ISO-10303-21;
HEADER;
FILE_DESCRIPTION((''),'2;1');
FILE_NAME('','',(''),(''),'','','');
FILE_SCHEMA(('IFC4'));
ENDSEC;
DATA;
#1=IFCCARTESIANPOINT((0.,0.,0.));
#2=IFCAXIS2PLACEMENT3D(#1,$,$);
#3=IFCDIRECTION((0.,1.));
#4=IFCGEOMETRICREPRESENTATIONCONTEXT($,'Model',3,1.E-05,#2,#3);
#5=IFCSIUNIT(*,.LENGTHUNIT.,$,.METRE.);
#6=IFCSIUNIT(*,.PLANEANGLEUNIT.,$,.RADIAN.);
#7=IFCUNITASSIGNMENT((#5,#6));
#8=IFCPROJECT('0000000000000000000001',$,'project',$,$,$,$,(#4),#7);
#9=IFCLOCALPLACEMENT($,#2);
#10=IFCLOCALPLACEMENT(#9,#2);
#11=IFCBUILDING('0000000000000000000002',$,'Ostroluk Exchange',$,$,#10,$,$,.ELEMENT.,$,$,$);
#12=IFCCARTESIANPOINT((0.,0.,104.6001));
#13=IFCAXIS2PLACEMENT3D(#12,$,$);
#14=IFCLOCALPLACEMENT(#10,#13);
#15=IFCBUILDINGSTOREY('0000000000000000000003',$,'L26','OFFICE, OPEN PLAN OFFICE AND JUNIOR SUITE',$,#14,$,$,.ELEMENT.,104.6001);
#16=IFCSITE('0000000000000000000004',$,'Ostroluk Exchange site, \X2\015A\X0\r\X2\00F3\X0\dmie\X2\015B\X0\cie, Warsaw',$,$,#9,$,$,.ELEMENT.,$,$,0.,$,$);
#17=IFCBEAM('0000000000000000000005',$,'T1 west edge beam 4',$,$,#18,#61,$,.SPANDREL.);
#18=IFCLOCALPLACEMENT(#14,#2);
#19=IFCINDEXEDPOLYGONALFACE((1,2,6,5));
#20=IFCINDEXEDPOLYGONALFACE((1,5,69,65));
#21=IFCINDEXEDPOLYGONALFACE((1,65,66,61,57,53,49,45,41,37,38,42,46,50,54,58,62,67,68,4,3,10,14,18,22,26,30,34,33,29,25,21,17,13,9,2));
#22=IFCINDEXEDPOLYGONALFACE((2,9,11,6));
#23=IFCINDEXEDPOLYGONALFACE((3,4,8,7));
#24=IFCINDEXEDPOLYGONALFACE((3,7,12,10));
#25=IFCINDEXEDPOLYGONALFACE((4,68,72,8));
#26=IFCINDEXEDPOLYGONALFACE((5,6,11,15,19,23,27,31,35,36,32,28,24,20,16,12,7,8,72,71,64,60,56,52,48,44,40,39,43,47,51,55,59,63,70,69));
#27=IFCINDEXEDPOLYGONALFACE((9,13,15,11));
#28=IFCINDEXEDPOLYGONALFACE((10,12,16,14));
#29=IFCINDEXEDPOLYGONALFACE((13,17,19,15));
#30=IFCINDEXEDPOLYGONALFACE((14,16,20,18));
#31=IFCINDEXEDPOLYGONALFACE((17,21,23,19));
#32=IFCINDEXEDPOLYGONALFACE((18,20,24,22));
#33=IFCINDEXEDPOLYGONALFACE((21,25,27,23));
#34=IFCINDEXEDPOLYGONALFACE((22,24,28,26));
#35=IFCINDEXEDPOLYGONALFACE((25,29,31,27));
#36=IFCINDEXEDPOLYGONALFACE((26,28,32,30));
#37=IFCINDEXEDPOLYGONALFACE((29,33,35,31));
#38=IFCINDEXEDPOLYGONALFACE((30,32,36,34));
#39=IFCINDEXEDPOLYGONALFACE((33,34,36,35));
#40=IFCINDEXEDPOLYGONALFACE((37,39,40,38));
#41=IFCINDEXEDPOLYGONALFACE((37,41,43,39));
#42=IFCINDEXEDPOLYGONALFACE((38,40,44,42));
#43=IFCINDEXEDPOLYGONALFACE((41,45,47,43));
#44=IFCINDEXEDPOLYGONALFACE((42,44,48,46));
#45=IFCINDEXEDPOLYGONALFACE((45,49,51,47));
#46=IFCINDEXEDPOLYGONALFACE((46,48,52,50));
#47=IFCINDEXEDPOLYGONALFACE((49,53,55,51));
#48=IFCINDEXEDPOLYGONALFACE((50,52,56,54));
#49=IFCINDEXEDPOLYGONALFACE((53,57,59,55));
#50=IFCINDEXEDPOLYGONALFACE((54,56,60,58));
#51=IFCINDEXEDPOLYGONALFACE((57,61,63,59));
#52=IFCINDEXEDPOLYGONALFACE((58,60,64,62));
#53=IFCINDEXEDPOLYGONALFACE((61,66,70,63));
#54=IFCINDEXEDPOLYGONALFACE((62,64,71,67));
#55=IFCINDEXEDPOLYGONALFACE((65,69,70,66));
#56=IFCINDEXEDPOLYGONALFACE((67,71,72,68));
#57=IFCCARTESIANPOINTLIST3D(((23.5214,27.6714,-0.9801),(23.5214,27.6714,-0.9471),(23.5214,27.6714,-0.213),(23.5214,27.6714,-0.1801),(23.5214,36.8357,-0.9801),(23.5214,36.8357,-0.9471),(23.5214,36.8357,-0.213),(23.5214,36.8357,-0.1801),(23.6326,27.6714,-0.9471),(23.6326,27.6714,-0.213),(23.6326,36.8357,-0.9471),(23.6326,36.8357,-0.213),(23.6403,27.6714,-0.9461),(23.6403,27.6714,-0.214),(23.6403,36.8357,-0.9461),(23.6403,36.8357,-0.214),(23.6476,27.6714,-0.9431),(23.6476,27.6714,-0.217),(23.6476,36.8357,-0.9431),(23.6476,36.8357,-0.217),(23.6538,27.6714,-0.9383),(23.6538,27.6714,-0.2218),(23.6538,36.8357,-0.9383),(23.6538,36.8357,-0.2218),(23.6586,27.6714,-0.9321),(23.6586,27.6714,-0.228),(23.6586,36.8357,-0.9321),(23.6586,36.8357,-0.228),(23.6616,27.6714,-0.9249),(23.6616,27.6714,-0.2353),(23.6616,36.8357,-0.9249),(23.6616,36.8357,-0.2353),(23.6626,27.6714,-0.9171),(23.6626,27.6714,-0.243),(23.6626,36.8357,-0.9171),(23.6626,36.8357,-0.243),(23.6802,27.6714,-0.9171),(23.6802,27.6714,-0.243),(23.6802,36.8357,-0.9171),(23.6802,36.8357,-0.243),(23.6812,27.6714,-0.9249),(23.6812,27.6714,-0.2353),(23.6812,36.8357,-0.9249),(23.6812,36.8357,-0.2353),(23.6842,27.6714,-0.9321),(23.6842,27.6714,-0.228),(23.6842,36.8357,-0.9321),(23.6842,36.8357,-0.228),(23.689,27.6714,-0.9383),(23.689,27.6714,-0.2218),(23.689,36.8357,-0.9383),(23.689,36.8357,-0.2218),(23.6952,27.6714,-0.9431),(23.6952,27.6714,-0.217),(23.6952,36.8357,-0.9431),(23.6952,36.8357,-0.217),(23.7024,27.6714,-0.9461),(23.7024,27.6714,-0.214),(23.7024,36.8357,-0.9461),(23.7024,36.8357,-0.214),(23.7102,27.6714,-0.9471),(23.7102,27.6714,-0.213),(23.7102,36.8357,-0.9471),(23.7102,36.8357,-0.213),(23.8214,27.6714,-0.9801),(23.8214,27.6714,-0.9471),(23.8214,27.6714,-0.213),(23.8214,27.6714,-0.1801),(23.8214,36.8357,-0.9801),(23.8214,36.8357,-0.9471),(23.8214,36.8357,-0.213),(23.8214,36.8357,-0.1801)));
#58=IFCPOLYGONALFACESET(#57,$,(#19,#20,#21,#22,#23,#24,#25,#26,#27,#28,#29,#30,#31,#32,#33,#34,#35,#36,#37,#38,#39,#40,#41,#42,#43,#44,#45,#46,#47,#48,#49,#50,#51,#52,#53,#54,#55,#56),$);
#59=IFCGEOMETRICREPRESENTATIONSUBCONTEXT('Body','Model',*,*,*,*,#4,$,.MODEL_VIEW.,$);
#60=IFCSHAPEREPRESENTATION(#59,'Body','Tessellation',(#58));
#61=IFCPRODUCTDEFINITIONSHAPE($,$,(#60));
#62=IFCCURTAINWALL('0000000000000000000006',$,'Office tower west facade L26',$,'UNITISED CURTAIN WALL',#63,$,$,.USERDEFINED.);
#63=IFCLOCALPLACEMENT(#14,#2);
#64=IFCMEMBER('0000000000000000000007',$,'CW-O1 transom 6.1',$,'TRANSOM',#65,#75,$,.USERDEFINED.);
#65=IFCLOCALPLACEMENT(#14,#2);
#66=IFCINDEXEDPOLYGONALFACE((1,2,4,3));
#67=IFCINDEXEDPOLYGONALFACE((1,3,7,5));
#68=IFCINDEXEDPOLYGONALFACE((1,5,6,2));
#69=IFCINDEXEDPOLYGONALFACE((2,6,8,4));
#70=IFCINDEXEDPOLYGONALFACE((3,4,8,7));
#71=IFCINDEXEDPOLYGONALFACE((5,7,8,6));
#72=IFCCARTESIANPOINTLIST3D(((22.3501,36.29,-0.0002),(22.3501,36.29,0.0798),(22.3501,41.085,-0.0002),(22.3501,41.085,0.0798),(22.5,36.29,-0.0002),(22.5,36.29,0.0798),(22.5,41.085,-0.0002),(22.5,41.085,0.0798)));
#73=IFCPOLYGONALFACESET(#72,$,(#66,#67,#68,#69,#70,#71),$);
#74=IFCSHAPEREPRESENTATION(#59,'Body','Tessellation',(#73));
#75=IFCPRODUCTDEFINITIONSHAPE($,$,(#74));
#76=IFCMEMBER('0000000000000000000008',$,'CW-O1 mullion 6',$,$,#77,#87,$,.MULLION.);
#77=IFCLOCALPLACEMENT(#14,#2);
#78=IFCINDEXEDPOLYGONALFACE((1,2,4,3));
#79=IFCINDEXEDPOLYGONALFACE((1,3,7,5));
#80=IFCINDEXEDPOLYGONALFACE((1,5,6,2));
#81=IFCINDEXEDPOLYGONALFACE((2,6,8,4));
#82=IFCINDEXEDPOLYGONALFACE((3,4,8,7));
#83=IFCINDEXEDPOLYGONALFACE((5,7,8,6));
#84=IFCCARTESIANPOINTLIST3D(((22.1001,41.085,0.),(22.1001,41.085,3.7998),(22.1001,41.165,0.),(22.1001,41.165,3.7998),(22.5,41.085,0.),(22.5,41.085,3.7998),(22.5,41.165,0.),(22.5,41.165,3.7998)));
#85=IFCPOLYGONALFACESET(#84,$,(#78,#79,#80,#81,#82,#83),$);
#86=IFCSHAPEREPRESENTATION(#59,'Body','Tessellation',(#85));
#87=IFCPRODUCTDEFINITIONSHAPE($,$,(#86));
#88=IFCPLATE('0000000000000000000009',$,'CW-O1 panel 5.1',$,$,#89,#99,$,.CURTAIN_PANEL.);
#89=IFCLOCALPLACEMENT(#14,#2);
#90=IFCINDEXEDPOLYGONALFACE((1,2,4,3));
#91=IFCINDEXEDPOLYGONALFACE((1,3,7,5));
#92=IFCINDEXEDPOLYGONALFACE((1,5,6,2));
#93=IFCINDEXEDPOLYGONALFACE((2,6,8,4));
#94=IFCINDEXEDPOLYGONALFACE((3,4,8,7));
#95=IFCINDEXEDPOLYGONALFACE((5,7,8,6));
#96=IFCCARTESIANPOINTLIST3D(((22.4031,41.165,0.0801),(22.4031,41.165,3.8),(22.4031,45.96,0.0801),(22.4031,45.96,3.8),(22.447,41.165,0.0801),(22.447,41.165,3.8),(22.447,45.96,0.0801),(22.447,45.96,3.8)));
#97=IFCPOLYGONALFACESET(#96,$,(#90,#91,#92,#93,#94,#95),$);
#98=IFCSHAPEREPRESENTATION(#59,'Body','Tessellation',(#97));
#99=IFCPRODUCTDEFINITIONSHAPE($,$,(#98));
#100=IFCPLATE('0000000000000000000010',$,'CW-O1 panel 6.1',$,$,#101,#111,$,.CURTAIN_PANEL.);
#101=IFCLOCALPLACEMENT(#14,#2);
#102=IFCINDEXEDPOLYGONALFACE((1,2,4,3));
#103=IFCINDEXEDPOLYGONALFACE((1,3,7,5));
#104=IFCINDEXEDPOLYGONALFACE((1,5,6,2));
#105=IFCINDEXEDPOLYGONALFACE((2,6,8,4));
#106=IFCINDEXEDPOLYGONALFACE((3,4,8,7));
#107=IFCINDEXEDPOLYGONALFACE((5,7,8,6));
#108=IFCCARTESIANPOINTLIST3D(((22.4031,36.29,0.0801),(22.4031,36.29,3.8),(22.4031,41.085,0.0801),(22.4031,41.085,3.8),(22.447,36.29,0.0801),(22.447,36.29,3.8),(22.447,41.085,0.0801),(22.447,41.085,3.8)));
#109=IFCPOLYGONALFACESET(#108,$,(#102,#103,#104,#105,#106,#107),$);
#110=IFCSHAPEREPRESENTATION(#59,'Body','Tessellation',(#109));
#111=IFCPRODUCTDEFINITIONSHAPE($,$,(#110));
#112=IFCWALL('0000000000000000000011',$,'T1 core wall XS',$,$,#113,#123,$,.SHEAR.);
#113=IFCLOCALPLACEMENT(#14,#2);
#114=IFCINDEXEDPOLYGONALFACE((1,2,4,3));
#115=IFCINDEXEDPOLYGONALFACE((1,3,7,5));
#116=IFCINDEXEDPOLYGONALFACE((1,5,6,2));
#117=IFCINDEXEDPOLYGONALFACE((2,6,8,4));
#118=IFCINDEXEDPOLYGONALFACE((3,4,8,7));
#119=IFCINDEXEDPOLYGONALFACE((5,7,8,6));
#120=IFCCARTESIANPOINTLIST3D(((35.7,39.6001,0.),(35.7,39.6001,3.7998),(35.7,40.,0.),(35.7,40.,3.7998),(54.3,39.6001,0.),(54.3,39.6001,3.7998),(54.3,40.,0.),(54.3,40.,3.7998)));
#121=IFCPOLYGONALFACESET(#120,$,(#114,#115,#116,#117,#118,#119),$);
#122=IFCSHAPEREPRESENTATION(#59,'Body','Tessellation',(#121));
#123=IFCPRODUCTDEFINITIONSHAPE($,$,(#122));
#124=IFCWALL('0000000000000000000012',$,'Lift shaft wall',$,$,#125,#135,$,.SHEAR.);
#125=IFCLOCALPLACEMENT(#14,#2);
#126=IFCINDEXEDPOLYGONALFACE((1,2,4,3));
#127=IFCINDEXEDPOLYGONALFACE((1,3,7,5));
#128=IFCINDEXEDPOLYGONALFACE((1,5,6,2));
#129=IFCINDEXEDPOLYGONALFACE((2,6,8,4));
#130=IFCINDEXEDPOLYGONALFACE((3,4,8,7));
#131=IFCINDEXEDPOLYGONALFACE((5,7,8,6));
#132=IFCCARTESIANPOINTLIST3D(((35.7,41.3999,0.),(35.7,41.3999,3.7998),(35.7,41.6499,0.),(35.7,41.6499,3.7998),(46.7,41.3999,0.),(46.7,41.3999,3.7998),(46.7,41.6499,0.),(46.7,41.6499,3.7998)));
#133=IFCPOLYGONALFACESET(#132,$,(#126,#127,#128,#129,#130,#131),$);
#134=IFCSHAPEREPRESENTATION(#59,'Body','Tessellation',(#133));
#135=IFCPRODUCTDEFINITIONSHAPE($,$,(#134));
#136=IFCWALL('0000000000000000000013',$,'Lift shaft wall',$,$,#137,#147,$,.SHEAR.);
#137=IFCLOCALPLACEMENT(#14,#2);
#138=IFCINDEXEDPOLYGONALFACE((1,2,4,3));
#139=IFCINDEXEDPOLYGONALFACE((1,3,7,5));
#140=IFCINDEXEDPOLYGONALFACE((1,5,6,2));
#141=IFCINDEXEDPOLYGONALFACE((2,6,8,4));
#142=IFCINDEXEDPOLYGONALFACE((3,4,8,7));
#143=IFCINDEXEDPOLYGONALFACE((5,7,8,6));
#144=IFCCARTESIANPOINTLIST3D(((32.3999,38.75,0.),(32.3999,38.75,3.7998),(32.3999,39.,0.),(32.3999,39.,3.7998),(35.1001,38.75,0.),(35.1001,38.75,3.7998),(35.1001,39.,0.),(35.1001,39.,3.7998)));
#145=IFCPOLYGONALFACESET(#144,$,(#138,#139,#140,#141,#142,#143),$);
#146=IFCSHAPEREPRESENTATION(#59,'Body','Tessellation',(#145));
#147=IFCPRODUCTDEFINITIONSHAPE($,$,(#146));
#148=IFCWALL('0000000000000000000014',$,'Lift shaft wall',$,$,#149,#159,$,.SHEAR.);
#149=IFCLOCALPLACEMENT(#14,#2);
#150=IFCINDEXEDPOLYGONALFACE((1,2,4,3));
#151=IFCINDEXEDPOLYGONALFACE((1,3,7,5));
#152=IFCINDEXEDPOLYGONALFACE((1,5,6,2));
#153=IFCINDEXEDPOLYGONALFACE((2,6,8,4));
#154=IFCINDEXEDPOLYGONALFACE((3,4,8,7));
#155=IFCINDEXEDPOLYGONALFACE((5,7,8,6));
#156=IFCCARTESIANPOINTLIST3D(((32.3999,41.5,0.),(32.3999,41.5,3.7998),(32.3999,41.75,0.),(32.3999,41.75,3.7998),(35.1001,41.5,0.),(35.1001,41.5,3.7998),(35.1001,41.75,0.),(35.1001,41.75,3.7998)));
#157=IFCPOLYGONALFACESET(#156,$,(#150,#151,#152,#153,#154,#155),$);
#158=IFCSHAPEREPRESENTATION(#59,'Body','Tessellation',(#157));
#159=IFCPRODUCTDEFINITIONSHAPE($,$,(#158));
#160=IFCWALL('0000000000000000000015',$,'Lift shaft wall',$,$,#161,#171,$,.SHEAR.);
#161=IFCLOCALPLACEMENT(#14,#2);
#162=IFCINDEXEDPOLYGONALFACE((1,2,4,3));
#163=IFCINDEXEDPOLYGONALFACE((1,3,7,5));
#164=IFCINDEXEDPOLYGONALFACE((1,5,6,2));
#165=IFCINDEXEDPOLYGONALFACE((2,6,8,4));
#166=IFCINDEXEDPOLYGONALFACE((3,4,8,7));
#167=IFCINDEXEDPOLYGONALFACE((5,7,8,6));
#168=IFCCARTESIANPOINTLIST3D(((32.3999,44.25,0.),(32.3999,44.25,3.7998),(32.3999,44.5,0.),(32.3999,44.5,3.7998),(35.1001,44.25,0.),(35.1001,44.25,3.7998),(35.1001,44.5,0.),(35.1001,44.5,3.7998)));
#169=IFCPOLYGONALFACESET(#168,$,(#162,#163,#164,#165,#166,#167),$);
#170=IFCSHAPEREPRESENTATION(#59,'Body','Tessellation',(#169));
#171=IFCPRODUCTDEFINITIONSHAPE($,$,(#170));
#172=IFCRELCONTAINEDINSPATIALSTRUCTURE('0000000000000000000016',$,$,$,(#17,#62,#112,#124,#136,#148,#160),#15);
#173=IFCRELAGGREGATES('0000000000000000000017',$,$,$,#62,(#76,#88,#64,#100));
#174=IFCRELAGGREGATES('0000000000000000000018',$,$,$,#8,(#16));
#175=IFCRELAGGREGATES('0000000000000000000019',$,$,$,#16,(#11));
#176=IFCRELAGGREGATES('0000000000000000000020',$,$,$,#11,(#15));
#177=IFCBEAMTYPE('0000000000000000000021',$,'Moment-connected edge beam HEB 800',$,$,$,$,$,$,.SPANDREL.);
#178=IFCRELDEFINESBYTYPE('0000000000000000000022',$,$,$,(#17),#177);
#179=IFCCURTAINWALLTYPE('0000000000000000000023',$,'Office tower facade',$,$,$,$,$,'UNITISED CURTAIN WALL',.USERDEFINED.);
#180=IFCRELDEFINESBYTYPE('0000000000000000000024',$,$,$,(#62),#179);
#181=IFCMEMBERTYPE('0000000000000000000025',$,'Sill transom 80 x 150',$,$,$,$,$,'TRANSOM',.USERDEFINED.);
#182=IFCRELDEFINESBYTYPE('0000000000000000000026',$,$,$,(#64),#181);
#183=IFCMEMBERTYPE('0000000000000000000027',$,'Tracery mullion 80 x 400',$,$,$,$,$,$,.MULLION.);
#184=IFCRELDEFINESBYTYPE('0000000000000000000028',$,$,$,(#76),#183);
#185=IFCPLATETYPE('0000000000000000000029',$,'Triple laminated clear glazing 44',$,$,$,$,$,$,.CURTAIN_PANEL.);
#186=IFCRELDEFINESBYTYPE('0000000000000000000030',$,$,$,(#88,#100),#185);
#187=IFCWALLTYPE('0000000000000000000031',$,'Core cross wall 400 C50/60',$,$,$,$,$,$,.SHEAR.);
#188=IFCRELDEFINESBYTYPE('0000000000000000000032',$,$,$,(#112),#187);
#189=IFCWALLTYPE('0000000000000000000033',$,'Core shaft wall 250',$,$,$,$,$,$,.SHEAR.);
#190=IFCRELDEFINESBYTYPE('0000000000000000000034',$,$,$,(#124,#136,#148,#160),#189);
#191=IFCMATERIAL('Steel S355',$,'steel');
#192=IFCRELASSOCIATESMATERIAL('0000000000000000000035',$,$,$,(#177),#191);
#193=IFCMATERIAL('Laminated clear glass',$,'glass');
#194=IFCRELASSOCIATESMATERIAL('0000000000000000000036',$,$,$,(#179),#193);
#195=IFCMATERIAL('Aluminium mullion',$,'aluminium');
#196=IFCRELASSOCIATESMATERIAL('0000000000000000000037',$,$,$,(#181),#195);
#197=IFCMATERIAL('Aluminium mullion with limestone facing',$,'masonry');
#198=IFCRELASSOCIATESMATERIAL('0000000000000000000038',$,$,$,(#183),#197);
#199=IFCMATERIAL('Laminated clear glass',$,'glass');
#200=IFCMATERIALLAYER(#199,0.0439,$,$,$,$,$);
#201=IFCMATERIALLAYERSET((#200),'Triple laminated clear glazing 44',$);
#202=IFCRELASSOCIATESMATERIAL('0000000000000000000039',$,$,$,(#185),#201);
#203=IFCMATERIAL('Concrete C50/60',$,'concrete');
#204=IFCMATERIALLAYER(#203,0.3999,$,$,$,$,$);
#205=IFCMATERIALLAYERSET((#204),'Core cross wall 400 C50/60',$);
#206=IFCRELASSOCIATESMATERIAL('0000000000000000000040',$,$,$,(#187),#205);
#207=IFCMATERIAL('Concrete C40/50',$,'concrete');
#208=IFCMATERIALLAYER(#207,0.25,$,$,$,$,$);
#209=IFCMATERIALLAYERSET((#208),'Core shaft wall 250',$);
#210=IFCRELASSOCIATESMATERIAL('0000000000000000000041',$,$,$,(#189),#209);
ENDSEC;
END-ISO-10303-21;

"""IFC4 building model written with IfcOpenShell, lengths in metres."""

from ifc_helpers import new_model, si_unit, direction, frame, frame_2d, origin, origin_2d, place, context, subcontext, project, spatial, rectangle, i_section, extrude, material, layer, layer_set, material_profile, profile_set, type_object, element, aggregate, save


model = new_model("IFC4")

# Units and contexts
model_context = context("Model", 3, precision=1e-05, world=origin(), true_north=direction((0.0, 1.0)))
body_context = subcontext(model_context, "Body", "Model", "MODEL_VIEW")
ifc_project = project(units=[si_unit("LENGTHUNIT", "METRE"), si_unit("PLANEANGLEUNIT", "RADIAN")], contexts=[model_context])

# Site, building, storey
site_placement = place(None, origin())
site = spatial("IfcSite", under=ifc_project, at=site_placement, Name="Ostroluk Exchange site, Śródmieście, Warsaw", CompositionType="ELEMENT", RefElevation=0.0)
building_placement = place(site_placement, origin())
building = spatial("IfcBuilding", under=site, at=building_placement, Name="Ostroluk Exchange", CompositionType="ELEMENT")
storey_placement = place(building_placement, frame((0.0, 0.0, 104.6001)))
storey = spatial("IfcBuildingStorey", under=building, at=storey_placement, Name="L26", Description="OFFICE, OPEN PLAN OFFICE AND JUNIOR SUITE", CompositionType="ELEMENT", Elevation=104.6001)

# Beam
ifc_material_1 = material(Name="Steel S355", Category="steel")
ifc_material_profile_1 = material_profile(ifc_material_1, i_section(OverallWidth=0.3, OverallDepth=0.8, WebThickness=0.0176, FlangeThickness=0.033, FilletRadius=0.03, at=origin_2d()), Name="HEB 800")
ifc_profile_set_1 = profile_set([ifc_material_profile_1], Name="Steel S355")
beam_type_1 = type_object("IfcBeamType", Name="Moment-connected edge beam HEB 800", PredefinedType="SPANDREL", material=ifc_profile_set_1)
beam_1_placement = place(storey_placement, frame((23.6714, 36.8357, -0.5801), z_axis=(0.0, -1.0, 0.0), x_axis=(1.0, 0.0, 0.0)))
element("IfcBeam", 1, at=beam_1_placement, inside=storey, type_object=beam_type_1, Name="T1 west edge beam 4", PredefinedType="SPANDREL", context=body_context, shape_type="SweptSolid", body=[
    extrude(i_section(OverallWidth=0.3, OverallDepth=0.8, WebThickness=0.0176, FlangeThickness=0.033, FilletRadius=0.03, at=origin_2d()), origin(), (0.0, 0.0, 1.0), 9.1643),
])

# Curtain wall, members, plates
ifc_material_2 = material(Name="Laminated clear glass", Category="glass")
curtain_wall_type = type_object("IfcCurtainWallType", Name="Office tower facade", ElementType="UNITISED CURTAIN WALL", PredefinedType="USERDEFINED", material=ifc_material_2)
curtain_wall_placement = place(storey_placement, origin())
curtain_wall = element("IfcCurtainWall", 2, at=curtain_wall_placement, inside=storey, type_object=curtain_wall_type, Name="Office tower west facade L26", ObjectType="UNITISED CURTAIN WALL", PredefinedType="USERDEFINED")
ifc_material_3 = material(Name="Aluminium mullion", Category="aluminium")
ifc_material_profile_2 = material_profile(ifc_material_3, rectangle(XDim=0.1499, YDim=0.0801, at=origin_2d()), Name="Sill transom 80 x 150")
ifc_profile_set_2 = profile_set([ifc_material_profile_2], Name="Aluminium mullion")
member_type_1 = type_object("IfcMemberType", Name="Sill transom 80 x 150", ElementType="TRANSOM", PredefinedType="USERDEFINED", material=ifc_profile_set_2)
member_1_placement = place(storey_placement, frame((22.425, 41.085, 0.0398), z_axis=(0.0, -1.0, 0.0), x_axis=(1.0, 0.0, 0.0)))
member_1 = element("IfcMember", 3, at=member_1_placement, type_object=member_type_1, Name="CW-O1 transom 6.1", ObjectType="TRANSOM", PredefinedType="USERDEFINED", context=body_context, shape_type="SweptSolid", body=[
    extrude(rectangle(XDim=0.1499, YDim=0.0801, at=origin_2d()), origin(), (0.0, 0.0, 1.0), 4.7949),
])
ifc_material_4 = material(Name="Aluminium mullion with limestone facing", Category="masonry")
ifc_material_profile_3 = material_profile(ifc_material_4, rectangle(XDim=0.3999, YDim=0.0801, at=origin_2d()), Name="Tracery mullion 80 x 400")
ifc_profile_set_3 = profile_set([ifc_material_profile_3], Name="Aluminium mullion with limestone facing")
member_type_2 = type_object("IfcMemberType", Name="Tracery mullion 80 x 400", PredefinedType="MULLION", material=ifc_profile_set_3)
member_2_placement = place(storey_placement, frame((22.3, 41.125, 0.0), z_axis=(0.0, 0.0, 1.0), x_axis=(1.0, 0.0, 0.0)))
member_2 = element("IfcMember", 4, at=member_2_placement, type_object=member_type_2, Name="CW-O1 mullion 6", PredefinedType="MULLION", context=body_context, shape_type="SweptSolid", body=[
    extrude(rectangle(XDim=0.3999, YDim=0.0801, at=origin_2d()), origin(), (0.0, 0.0, 1.0), 3.7998),
])
ifc_material_5 = material(Name="Laminated clear glass", Category="glass")
ifc_layer_1 = layer(ifc_material_5, 0.0439)
ifc_layer_set_1 = layer_set([ifc_layer_1], Name="Triple laminated clear glazing 44")
plate_type = type_object("IfcPlateType", Name="Triple laminated clear glazing 44", PredefinedType="CURTAIN_PANEL", material=ifc_layer_set_1)
plate_1_placement = place(storey_placement, frame((22.425, 43.5625, 0.0801), z_axis=(0.0, 0.0, 1.0), x_axis=(0.0, -1.0, 0.0)))
plate_1 = element("IfcPlate", 5, at=plate_1_placement, type_object=plate_type, Name="CW-O1 panel 5.1", PredefinedType="CURTAIN_PANEL", context=body_context, shape_type="SweptSolid", body=[
    extrude(rectangle(XDim=4.7949, YDim=0.0439, at=origin_2d()), origin(), (0.0, 0.0, 1.0), 3.72),
])
plate_2_placement = place(storey_placement, frame((22.425, 38.6875, 0.0801), z_axis=(0.0, 0.0, 1.0), x_axis=(0.0, -1.0, 0.0)))
plate_2 = element("IfcPlate", 6, at=plate_2_placement, type_object=plate_type, Name="CW-O1 panel 6.1", PredefinedType="CURTAIN_PANEL", context=body_context, shape_type="SweptSolid", body=[
    extrude(rectangle(XDim=4.7949, YDim=0.0439, at=origin_2d()), origin(), (0.0, 0.0, 1.0), 3.72),
])
aggregate(curtain_wall, [member_2, plate_1, member_1, plate_2])

# Walls
ifc_material_6 = material(Name="Concrete C50/60", Category="concrete")
ifc_layer_2 = layer(ifc_material_6, 0.3999)
ifc_layer_set_2 = layer_set([ifc_layer_2], Name="Core cross wall 400 C50/60")
wall_type_1 = type_object("IfcWallType", Name="Core cross wall 400 C50/60", PredefinedType="SHEAR", material=ifc_layer_set_2)
wall_1_placement = place(storey_placement, frame((35.7, 39.8, 0.0), z_axis=(0.0, 0.0, 1.0), x_axis=(1.0, 0.0, 0.0)))
element("IfcWall", 7, at=wall_1_placement, inside=storey, type_object=wall_type_1, Name="T1 core wall XS", PredefinedType="SHEAR", context=body_context, shape_type="SweptSolid", body=[
    extrude(rectangle(XDim=18.6001, YDim=0.3999, at=frame_2d((9.3, 0.0))), origin(), (0.0, 0.0, 1.0), 3.7998),
])
ifc_material_7 = material(Name="Concrete C40/50", Category="concrete")
ifc_layer_3 = layer(ifc_material_7, 0.25)
ifc_layer_set_3 = layer_set([ifc_layer_3], Name="Core shaft wall 250")
wall_type_2 = type_object("IfcWallType", Name="Core shaft wall 250", PredefinedType="SHEAR", material=ifc_layer_set_3)
wall_2_placement = place(storey_placement, frame((35.7, 41.5249, 0.0), z_axis=(0.0, 0.0, 1.0), x_axis=(1.0, 0.0, 0.0)))
element("IfcWall", 8, at=wall_2_placement, inside=storey, type_object=wall_type_2, Name="Lift shaft wall", PredefinedType="SHEAR", context=body_context, shape_type="SweptSolid", body=[
    extrude(rectangle(XDim=11.0, YDim=0.25, at=frame_2d((5.5, 0.0))), origin(), (0.0, 0.0, 1.0), 3.7998),
])
for number, where, z_axis, x_axis, name in (
    (9, (32.3999, 38.875, 0.0), (0.0, 0.0, 1.0), (1.0, 0.0, 0.0), "Lift shaft wall"),
    (10, (32.3999, 41.625, 0.0), (0.0, 0.0, 1.0), (1.0, 0.0, 0.0), "Lift shaft wall"),
    (11, (32.3999, 44.375, 0.0), (0.0, 0.0, 1.0), (1.0, 0.0, 0.0), "Lift shaft wall"),
):
    element("IfcWall", number, at=place(storey_placement, frame(where, z_axis=z_axis, x_axis=x_axis)), inside=storey, type_object=wall_type_2, Name=name, PredefinedType="SHEAR", context=body_context, shape_type="SweptSolid", body=[
        extrude(rectangle(XDim=2.7002, YDim=0.25, at=frame_2d((1.3501, 0.0))), origin(), (0.0, 0.0, 1.0), 3.7998),
    ])

save(model, "model.ifc")
